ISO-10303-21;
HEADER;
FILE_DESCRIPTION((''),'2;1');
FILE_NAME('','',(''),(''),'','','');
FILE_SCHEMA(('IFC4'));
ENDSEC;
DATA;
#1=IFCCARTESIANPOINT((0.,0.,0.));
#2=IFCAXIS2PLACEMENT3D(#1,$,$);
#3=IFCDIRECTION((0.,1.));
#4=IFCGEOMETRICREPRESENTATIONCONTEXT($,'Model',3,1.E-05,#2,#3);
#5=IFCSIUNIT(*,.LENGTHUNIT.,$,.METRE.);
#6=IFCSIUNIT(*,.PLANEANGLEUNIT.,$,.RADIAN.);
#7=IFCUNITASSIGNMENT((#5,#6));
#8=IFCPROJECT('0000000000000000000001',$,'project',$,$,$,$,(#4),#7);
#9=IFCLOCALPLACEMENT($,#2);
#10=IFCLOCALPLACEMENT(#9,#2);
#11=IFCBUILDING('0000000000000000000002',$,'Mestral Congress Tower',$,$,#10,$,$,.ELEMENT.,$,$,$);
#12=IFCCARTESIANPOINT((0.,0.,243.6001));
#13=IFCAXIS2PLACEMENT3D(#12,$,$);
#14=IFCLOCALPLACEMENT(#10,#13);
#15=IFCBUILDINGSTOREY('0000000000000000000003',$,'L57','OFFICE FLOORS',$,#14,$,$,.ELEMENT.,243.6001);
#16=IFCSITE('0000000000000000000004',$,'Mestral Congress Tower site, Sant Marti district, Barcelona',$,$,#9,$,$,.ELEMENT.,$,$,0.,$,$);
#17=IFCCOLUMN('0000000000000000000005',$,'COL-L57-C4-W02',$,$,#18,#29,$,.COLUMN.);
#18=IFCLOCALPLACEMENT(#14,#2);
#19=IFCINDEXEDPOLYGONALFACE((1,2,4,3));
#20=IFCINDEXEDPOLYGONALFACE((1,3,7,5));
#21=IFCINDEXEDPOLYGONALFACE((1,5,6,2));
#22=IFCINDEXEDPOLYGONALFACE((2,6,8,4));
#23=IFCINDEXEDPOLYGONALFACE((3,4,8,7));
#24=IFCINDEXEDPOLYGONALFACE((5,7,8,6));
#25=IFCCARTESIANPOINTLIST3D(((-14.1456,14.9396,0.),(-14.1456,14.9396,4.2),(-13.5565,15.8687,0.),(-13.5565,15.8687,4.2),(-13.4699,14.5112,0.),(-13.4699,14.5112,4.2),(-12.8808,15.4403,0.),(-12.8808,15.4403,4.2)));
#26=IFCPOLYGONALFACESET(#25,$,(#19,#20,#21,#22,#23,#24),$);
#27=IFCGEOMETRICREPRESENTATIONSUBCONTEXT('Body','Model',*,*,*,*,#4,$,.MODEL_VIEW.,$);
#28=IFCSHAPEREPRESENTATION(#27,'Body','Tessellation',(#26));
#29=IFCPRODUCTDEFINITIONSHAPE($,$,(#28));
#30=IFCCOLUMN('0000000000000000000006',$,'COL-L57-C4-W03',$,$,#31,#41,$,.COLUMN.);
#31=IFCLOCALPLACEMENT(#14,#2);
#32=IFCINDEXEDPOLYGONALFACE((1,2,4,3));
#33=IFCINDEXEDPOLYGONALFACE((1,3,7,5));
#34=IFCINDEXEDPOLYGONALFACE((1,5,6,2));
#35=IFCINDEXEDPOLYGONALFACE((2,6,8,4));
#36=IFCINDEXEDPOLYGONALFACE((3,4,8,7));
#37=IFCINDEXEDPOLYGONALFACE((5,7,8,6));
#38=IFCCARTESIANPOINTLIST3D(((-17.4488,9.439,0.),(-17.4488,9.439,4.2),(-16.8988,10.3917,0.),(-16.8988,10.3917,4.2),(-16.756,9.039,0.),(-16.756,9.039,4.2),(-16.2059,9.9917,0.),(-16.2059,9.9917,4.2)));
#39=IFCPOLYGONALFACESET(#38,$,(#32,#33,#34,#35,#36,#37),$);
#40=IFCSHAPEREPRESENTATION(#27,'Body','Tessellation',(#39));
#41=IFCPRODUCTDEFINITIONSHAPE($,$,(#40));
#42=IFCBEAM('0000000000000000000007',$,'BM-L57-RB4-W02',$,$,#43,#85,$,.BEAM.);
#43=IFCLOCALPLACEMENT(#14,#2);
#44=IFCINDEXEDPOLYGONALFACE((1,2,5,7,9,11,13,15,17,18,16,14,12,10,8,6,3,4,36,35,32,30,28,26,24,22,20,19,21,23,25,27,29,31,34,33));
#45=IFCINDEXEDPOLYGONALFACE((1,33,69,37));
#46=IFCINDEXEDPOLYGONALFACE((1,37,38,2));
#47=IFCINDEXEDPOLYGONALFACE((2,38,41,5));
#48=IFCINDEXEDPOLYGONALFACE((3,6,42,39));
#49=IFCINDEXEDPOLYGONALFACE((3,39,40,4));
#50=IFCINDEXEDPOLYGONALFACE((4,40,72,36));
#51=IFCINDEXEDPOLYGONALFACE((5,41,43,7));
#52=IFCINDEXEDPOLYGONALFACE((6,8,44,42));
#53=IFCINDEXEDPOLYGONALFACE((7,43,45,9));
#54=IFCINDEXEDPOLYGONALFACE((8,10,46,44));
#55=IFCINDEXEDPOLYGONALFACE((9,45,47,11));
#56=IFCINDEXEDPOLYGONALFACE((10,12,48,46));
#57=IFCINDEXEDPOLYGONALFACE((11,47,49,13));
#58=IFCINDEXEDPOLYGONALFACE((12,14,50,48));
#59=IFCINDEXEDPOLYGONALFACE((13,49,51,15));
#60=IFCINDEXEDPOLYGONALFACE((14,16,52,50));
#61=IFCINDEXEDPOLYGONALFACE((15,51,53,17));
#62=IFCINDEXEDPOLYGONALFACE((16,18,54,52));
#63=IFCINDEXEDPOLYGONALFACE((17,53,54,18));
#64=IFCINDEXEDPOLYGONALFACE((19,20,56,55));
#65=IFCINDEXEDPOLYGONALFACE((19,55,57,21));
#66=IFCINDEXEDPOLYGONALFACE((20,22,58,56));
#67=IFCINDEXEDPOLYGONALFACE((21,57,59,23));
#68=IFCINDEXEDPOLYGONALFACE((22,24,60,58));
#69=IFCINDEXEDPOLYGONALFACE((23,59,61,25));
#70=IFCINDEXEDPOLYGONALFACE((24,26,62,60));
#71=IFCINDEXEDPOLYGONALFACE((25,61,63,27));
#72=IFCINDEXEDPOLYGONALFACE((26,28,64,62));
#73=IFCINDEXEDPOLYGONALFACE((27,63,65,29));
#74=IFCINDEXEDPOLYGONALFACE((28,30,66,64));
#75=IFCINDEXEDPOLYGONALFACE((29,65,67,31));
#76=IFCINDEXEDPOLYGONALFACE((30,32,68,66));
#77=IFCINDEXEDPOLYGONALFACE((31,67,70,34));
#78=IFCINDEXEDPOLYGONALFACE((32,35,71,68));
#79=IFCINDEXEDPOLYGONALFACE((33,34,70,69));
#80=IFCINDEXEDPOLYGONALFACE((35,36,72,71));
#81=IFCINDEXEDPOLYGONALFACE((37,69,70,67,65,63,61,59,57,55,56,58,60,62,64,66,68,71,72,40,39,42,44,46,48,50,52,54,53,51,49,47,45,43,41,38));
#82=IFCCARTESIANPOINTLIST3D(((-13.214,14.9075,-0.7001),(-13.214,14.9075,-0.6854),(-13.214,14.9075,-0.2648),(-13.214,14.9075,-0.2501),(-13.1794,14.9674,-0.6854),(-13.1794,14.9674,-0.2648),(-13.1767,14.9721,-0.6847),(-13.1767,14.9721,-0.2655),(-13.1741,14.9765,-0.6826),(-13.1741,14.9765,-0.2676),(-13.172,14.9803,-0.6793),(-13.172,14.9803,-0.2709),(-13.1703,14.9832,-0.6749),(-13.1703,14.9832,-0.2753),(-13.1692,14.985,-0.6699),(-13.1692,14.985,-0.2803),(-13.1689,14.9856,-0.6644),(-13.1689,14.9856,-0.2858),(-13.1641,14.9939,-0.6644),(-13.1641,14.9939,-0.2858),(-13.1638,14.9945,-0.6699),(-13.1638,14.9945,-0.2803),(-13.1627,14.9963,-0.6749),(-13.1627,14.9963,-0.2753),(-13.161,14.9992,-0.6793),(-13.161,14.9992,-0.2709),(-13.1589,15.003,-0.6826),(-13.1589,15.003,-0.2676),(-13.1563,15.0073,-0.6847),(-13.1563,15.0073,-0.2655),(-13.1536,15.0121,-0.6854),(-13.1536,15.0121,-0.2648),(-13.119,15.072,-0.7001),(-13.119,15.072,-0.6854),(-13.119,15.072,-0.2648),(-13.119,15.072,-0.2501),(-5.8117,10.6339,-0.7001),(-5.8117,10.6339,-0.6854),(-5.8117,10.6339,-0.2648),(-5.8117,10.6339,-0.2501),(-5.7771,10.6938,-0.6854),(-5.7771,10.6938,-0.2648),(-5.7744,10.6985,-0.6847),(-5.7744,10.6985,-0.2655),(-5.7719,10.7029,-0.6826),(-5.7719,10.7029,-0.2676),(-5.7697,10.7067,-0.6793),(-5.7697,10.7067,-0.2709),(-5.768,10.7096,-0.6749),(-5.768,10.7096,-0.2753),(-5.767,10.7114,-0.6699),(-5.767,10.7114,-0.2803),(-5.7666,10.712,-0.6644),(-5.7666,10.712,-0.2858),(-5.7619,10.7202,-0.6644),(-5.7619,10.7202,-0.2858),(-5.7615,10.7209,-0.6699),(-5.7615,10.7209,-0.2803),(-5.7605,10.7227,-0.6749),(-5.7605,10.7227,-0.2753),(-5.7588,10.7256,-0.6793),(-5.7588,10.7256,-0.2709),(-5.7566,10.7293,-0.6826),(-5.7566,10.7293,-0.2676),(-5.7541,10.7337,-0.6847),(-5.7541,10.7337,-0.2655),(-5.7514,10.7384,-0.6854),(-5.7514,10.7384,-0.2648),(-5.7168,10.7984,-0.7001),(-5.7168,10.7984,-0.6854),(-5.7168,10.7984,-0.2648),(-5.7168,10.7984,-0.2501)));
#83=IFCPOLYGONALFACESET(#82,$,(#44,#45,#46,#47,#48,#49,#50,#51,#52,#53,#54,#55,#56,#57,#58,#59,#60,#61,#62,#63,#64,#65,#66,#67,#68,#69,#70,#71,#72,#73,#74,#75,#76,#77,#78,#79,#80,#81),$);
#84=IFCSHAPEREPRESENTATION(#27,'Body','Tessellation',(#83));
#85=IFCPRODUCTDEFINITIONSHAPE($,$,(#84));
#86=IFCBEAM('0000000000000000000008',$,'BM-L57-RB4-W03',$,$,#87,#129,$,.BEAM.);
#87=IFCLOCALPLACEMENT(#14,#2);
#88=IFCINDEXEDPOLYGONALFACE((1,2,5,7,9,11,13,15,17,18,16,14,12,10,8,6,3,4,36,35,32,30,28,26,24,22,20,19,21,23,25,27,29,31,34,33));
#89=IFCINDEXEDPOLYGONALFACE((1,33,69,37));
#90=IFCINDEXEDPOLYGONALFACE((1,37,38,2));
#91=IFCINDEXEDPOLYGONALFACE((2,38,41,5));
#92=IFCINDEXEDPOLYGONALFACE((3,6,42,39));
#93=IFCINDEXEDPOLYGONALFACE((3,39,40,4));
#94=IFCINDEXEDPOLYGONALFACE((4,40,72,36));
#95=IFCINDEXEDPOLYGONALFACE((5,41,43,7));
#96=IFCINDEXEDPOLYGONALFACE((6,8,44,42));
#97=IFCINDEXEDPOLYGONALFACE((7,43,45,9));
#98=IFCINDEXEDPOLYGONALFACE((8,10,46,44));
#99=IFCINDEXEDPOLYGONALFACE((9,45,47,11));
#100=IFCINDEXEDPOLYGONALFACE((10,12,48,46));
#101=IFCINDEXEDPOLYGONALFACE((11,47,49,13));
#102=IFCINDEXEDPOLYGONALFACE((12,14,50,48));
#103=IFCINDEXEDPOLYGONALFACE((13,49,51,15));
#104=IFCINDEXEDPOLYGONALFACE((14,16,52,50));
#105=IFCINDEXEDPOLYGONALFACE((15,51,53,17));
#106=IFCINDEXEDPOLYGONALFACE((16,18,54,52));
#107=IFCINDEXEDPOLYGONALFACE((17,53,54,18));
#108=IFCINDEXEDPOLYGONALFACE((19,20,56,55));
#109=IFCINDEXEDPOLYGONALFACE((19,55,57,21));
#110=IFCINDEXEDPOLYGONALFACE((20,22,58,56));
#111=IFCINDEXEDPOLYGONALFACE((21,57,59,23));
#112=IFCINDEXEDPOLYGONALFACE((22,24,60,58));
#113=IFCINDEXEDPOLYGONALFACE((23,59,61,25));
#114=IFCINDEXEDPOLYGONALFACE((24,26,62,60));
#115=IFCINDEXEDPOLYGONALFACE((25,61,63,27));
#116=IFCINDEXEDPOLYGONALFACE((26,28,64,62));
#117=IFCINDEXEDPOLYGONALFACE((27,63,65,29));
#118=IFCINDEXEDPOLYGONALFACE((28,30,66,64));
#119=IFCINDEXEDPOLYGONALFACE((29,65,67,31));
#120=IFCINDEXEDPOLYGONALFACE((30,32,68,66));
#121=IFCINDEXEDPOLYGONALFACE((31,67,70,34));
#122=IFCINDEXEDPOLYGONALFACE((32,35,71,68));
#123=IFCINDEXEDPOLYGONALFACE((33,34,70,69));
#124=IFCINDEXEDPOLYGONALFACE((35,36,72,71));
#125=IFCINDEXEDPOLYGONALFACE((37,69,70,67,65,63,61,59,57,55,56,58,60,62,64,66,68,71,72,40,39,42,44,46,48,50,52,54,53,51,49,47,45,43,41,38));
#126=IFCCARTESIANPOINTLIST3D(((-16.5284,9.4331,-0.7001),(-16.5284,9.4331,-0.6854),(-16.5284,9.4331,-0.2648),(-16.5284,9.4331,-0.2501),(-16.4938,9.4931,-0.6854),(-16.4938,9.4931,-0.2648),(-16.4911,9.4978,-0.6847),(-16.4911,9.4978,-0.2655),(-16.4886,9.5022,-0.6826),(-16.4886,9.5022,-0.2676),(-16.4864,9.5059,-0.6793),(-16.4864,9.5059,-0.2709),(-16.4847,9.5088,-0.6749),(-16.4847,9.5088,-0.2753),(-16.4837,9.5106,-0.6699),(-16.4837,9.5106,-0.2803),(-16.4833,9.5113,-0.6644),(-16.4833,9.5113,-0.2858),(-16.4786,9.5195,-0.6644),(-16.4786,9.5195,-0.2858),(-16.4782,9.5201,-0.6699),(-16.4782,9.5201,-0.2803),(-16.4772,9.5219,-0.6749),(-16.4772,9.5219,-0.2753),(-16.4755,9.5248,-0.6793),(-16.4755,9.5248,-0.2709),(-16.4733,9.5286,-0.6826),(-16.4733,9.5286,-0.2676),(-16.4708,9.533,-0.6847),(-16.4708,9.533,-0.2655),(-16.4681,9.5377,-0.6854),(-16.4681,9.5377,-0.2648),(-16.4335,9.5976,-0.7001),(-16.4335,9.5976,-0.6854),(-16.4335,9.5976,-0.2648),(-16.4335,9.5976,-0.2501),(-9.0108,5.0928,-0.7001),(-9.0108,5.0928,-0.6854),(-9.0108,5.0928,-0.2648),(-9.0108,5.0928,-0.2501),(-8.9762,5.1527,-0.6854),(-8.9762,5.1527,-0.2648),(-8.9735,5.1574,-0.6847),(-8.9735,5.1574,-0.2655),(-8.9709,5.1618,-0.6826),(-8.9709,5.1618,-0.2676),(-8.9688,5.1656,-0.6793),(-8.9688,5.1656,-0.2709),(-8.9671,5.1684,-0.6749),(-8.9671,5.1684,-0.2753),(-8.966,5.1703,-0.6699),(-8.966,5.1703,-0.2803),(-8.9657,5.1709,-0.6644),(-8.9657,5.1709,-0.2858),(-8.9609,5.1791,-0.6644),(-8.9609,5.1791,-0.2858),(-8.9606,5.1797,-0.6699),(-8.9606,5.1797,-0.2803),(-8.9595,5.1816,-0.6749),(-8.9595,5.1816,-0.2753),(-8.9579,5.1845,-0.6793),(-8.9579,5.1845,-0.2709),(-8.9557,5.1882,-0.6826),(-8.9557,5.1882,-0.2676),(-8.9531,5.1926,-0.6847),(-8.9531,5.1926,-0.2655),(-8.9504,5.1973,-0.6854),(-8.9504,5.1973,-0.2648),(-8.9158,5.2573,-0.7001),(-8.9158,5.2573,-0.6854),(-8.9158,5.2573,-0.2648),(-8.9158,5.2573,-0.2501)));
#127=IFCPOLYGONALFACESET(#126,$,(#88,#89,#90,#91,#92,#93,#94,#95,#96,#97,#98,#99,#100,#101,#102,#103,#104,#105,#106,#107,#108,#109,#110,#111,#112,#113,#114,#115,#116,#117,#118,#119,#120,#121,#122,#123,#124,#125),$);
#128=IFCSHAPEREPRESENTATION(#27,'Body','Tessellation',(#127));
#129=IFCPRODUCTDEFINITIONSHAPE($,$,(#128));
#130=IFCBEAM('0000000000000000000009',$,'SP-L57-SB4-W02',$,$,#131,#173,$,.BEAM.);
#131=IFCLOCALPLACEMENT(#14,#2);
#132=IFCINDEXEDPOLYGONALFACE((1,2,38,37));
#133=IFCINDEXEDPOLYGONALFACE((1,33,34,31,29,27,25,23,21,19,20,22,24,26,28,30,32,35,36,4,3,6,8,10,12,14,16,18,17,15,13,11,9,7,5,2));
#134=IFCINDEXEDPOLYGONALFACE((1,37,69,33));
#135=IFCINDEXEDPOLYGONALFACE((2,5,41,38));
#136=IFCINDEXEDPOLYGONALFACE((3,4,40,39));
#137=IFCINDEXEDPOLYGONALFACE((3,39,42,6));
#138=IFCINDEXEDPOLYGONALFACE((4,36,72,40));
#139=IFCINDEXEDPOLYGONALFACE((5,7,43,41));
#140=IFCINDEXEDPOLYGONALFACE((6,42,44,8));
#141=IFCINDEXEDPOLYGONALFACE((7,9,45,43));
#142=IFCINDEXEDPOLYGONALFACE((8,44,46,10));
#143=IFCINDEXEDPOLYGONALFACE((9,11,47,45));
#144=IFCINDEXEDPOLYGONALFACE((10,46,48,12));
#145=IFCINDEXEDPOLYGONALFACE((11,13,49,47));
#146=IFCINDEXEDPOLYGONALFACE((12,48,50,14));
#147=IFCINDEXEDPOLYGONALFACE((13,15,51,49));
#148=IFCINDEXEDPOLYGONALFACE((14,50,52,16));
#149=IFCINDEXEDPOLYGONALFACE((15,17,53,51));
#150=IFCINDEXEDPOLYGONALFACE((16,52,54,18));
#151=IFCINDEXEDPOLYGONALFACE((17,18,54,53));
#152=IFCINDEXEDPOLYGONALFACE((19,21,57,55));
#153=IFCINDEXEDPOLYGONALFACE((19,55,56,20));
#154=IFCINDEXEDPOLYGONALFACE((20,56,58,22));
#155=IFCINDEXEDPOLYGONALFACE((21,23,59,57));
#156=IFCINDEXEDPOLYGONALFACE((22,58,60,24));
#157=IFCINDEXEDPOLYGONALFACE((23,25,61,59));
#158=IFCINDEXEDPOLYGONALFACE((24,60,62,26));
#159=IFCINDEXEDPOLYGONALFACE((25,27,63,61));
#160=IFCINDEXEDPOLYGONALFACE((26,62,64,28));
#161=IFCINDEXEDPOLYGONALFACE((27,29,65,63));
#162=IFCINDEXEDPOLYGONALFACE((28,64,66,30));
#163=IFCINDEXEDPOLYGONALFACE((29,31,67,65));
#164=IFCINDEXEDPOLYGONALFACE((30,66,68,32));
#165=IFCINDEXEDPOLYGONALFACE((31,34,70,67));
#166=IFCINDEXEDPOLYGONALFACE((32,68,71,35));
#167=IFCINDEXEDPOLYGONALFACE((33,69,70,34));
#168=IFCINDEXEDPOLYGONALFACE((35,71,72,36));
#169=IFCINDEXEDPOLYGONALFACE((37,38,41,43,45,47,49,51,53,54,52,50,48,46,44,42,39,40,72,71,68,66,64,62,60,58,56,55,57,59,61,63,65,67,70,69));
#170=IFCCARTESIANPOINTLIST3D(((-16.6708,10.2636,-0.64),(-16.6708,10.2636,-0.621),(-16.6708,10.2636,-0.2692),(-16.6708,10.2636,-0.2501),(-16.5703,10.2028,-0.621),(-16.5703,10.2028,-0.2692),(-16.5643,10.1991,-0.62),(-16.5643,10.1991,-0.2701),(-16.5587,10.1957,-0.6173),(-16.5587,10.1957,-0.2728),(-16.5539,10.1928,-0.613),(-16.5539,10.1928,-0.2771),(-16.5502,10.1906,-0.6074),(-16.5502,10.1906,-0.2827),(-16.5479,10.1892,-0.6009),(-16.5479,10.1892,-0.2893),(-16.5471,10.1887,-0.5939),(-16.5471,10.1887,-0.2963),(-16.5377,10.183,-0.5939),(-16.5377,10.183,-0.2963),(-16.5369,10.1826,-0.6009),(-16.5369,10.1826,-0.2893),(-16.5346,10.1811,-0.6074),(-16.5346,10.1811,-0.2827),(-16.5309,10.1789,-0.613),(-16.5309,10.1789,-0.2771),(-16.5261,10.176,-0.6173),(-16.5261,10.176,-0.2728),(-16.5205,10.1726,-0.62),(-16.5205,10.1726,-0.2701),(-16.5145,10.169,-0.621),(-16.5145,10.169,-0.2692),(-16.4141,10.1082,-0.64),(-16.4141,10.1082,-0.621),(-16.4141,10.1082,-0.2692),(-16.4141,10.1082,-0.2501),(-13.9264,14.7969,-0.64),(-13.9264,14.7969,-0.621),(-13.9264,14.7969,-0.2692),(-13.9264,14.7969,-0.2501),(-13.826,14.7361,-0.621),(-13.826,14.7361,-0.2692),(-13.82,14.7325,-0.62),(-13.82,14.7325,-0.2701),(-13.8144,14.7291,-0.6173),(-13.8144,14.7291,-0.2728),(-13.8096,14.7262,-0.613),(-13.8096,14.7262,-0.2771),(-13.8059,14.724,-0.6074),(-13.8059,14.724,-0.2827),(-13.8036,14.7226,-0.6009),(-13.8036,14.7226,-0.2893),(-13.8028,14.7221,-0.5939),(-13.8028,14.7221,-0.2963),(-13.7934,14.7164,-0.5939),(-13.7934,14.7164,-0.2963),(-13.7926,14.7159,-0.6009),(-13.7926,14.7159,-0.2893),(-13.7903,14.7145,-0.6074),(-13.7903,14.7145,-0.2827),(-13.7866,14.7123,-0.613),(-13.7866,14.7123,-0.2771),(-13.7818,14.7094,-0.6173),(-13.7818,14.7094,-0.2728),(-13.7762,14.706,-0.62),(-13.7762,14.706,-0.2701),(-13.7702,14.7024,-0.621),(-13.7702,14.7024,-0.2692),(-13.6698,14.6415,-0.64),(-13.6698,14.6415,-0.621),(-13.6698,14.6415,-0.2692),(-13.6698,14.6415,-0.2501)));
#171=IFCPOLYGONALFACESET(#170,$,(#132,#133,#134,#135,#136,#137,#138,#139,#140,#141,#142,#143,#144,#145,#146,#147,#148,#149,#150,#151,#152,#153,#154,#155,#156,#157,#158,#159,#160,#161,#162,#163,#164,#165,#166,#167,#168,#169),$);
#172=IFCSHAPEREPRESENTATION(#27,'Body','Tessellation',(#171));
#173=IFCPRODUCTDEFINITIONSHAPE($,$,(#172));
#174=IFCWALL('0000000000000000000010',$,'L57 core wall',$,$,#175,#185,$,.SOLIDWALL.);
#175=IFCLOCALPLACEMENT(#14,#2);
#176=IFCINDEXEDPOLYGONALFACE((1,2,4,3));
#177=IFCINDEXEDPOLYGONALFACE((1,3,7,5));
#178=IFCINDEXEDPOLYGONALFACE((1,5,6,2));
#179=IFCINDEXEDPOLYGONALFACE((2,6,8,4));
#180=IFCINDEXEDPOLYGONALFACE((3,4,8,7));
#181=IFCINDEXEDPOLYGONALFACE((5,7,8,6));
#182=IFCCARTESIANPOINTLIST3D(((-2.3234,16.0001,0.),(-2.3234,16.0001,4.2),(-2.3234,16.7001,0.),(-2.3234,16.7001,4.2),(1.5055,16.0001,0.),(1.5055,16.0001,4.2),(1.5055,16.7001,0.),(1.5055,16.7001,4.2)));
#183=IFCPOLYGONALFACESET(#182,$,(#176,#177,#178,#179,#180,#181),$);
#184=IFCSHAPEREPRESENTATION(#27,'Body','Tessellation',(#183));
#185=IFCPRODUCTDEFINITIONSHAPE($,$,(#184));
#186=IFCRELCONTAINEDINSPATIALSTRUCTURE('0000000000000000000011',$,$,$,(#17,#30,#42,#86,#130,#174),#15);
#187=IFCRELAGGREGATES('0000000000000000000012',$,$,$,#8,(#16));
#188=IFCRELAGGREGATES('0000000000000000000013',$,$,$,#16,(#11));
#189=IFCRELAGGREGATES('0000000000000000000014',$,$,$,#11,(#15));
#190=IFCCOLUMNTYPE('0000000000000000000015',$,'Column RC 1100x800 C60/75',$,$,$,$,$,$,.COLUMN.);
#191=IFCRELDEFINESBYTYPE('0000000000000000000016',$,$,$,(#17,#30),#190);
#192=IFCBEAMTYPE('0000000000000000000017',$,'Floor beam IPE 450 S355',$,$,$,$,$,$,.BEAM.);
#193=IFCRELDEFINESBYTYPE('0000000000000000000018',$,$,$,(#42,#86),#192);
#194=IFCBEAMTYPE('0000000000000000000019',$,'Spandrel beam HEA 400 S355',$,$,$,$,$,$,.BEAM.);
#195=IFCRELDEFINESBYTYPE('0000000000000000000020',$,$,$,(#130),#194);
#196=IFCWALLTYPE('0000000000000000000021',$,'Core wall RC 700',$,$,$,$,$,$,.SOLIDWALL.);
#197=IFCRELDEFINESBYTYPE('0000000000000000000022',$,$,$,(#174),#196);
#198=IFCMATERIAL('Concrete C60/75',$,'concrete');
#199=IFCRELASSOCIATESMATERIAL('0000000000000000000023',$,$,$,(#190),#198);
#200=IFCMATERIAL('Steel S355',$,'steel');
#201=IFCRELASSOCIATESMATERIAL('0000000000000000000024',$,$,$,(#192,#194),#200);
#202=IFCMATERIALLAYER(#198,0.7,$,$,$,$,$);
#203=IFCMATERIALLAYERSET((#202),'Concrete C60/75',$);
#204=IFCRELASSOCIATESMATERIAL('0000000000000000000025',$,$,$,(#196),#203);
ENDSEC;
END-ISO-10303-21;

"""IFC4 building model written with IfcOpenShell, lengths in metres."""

from ifc_helpers import new_model, si_unit, direction, frame, frame_2d, origin, origin_2d, place, context, subcontext, project, spatial, rectangle, i_section, extrude, material, layer, layer_set, material_profile, profile_set, type_object, element, save


model = new_model("IFC4")

# Units and contexts
model_context = context("Model", 3, precision=1e-05, world=origin(), true_north=direction((0.0, 1.0)))
body_context = subcontext(model_context, "Body", "Model", "MODEL_VIEW")
ifc_project = project(units=[si_unit("LENGTHUNIT", "METRE"), si_unit("PLANEANGLEUNIT", "RADIAN")], contexts=[model_context])

# Site, building, storey
site_placement = place(None, origin())
site = spatial("IfcSite", under=ifc_project, at=site_placement, Name="Mestral Congress Tower site, Sant Marti district, Barcelona", CompositionType="ELEMENT", RefElevation=0.0)
building_placement = place(site_placement, origin())
building = spatial("IfcBuilding", under=site, at=building_placement, Name="Mestral Congress Tower", CompositionType="ELEMENT")
storey_placement = place(building_placement, frame((0.0, 0.0, 243.6001)))
storey = spatial("IfcBuildingStorey", under=building, at=storey_placement, Name="L57", Description="OFFICE FLOORS", CompositionType="ELEMENT", Elevation=243.6001)

# Columns
ifc_material_1 = material(Name="Concrete C60/75", Category="concrete")
ifc_material_profile_1 = material_profile(ifc_material_1, rectangle(XDim=1.1001, YDim=0.8, at=origin_2d()), Name="RC 1100x800")
ifc_profile_set_1 = profile_set([ifc_material_profile_1], Name="Concrete C60/75")
column_type = type_object("IfcColumnType", Name="Column RC 1100x800 C60/75", PredefinedType="COLUMN", material=ifc_profile_set_1)
for number, where, z_axis, x_axis, name in (
    (1, (-13.5132, 15.1899, 0.0), (0.0, 0.0, 1.0), (-0.535503, -0.844534, 0.0), "COL-L57-C4-W02"),
    (2, (-16.8274, 9.7153, 0.0), (0.0, 0.0, 1.0), (-0.5, -0.866025, 0.0), "COL-L57-C4-W03"),
):
    element("IfcColumn", number, at=place(storey_placement, frame(where, z_axis=z_axis, x_axis=x_axis)), inside=storey, type_object=column_type, Name=name, PredefinedType="COLUMN", context=body_context, shape_type="SweptSolid", body=[
        extrude(rectangle(XDim=1.1001, YDim=0.8, at=origin_2d()), origin(), (0.0, 0.0, 1.0), 4.2),
    ])

# Beams
ifc_material_2 = material(Name="Steel S355", Category="steel")
ifc_material_profile_2 = material_profile(ifc_material_2, i_section(OverallWidth=0.1899, OverallDepth=0.45, WebThickness=0.0095, FlangeThickness=0.0146, FilletRadius=0.021, at=origin_2d()), Name="IPE 450")
ifc_profile_set_2 = profile_set([ifc_material_profile_2], Name="Steel S355")
beam_type_1 = type_object("IfcBeamType", Name="Floor beam IPE 450 S355", PredefinedType="BEAM", material=ifc_profile_set_2)
beam_1_placement = place(storey_placement, frame((-13.1665, 14.9897, -0.4751), z_axis=(0.866029, -0.499994, 0.0), x_axis=(0.499994, 0.866029, 0.0)))
element("IfcBeam", 3, at=beam_1_placement, inside=storey, type_object=beam_type_1, Name="BM-L57-RB4-W02", PredefinedType="BEAM", context=body_context, shape_type="SweptSolid", body=[
    extrude(i_section(OverallWidth=0.1899, OverallDepth=0.45, WebThickness=0.0095, FlangeThickness=0.0146, FilletRadius=0.021, at=origin_2d()), origin(), (0.0, 0.0, 1.0), 8.5474),
])
beam_2_placement = place(storey_placement, frame((-16.481, 9.5154, -0.4751), z_axis=(0.866023, -0.500005, 0.0), x_axis=(0.500005, 0.866023, 0.0)))
element("IfcBeam", 4, at=beam_2_placement, inside=storey, type_object=beam_type_1, Name="BM-L57-RB4-W03", PredefinedType="BEAM", context=body_context, shape_type="SweptSolid", body=[
    extrude(i_section(OverallWidth=0.1899, OverallDepth=0.45, WebThickness=0.0095, FlangeThickness=0.0146, FilletRadius=0.021, at=origin_2d()), origin(), (0.0, 0.0, 1.0), 8.6807),
])
ifc_material_profile_3 = material_profile(ifc_material_2, i_section(OverallWidth=0.3, OverallDepth=0.3899, WebThickness=0.011, FlangeThickness=0.019, FilletRadius=0.0271, at=origin_2d()), Name="HEA 400")
ifc_profile_set_3 = profile_set([ifc_material_profile_3], Name="Steel S355")
beam_type_2 = type_object("IfcBeamType", Name="Spandrel beam HEA 400 S355", PredefinedType="BEAM", material=ifc_profile_set_3)
beam_3_placement = place(storey_placement, frame((-13.7981, 14.7192, -0.4451), z_axis=(-0.517866, -0.855462, 0.0), x_axis=(0.855462, -0.517866, 0.0)))
element("IfcBeam", 5, at=beam_3_placement, inside=storey, type_object=beam_type_2, Name="SP-L57-SB4-W02", PredefinedType="BEAM", context=body_context, shape_type="SweptSolid", body=[
    extrude(i_section(OverallWidth=0.3, OverallDepth=0.3899, WebThickness=0.011, FlangeThickness=0.019, FilletRadius=0.0271, at=origin_2d()), origin(), (0.0, 0.0, 1.0), 5.2993),
])

# Wall
ifc_layer_1 = layer(ifc_material_1, 0.7)
ifc_layer_set_1 = layer_set([ifc_layer_1], Name="Concrete C60/75")
wall_type_1 = type_object("IfcWallType", Name="Core wall RC 700", PredefinedType="SOLIDWALL", material=ifc_layer_set_1)
wall_1_placement = place(storey_placement, frame((-2.3235, 16.3501, 0.0), z_axis=(0.0, 0.0, 1.0), x_axis=(1.0, 0.0, 0.0)))
element("IfcWall", 6, at=wall_1_placement, inside=storey, type_object=wall_type_1, Name="L57 core wall", PredefinedType="SOLIDWALL", context=body_context, shape_type="SweptSolid", body=[
    extrude(rectangle(XDim=3.8289, YDim=0.7, at=frame_2d((1.9146, 0.0))), origin(), (0.0, 0.0, 1.0), 4.2),
])

save(model, "model.ifc")
